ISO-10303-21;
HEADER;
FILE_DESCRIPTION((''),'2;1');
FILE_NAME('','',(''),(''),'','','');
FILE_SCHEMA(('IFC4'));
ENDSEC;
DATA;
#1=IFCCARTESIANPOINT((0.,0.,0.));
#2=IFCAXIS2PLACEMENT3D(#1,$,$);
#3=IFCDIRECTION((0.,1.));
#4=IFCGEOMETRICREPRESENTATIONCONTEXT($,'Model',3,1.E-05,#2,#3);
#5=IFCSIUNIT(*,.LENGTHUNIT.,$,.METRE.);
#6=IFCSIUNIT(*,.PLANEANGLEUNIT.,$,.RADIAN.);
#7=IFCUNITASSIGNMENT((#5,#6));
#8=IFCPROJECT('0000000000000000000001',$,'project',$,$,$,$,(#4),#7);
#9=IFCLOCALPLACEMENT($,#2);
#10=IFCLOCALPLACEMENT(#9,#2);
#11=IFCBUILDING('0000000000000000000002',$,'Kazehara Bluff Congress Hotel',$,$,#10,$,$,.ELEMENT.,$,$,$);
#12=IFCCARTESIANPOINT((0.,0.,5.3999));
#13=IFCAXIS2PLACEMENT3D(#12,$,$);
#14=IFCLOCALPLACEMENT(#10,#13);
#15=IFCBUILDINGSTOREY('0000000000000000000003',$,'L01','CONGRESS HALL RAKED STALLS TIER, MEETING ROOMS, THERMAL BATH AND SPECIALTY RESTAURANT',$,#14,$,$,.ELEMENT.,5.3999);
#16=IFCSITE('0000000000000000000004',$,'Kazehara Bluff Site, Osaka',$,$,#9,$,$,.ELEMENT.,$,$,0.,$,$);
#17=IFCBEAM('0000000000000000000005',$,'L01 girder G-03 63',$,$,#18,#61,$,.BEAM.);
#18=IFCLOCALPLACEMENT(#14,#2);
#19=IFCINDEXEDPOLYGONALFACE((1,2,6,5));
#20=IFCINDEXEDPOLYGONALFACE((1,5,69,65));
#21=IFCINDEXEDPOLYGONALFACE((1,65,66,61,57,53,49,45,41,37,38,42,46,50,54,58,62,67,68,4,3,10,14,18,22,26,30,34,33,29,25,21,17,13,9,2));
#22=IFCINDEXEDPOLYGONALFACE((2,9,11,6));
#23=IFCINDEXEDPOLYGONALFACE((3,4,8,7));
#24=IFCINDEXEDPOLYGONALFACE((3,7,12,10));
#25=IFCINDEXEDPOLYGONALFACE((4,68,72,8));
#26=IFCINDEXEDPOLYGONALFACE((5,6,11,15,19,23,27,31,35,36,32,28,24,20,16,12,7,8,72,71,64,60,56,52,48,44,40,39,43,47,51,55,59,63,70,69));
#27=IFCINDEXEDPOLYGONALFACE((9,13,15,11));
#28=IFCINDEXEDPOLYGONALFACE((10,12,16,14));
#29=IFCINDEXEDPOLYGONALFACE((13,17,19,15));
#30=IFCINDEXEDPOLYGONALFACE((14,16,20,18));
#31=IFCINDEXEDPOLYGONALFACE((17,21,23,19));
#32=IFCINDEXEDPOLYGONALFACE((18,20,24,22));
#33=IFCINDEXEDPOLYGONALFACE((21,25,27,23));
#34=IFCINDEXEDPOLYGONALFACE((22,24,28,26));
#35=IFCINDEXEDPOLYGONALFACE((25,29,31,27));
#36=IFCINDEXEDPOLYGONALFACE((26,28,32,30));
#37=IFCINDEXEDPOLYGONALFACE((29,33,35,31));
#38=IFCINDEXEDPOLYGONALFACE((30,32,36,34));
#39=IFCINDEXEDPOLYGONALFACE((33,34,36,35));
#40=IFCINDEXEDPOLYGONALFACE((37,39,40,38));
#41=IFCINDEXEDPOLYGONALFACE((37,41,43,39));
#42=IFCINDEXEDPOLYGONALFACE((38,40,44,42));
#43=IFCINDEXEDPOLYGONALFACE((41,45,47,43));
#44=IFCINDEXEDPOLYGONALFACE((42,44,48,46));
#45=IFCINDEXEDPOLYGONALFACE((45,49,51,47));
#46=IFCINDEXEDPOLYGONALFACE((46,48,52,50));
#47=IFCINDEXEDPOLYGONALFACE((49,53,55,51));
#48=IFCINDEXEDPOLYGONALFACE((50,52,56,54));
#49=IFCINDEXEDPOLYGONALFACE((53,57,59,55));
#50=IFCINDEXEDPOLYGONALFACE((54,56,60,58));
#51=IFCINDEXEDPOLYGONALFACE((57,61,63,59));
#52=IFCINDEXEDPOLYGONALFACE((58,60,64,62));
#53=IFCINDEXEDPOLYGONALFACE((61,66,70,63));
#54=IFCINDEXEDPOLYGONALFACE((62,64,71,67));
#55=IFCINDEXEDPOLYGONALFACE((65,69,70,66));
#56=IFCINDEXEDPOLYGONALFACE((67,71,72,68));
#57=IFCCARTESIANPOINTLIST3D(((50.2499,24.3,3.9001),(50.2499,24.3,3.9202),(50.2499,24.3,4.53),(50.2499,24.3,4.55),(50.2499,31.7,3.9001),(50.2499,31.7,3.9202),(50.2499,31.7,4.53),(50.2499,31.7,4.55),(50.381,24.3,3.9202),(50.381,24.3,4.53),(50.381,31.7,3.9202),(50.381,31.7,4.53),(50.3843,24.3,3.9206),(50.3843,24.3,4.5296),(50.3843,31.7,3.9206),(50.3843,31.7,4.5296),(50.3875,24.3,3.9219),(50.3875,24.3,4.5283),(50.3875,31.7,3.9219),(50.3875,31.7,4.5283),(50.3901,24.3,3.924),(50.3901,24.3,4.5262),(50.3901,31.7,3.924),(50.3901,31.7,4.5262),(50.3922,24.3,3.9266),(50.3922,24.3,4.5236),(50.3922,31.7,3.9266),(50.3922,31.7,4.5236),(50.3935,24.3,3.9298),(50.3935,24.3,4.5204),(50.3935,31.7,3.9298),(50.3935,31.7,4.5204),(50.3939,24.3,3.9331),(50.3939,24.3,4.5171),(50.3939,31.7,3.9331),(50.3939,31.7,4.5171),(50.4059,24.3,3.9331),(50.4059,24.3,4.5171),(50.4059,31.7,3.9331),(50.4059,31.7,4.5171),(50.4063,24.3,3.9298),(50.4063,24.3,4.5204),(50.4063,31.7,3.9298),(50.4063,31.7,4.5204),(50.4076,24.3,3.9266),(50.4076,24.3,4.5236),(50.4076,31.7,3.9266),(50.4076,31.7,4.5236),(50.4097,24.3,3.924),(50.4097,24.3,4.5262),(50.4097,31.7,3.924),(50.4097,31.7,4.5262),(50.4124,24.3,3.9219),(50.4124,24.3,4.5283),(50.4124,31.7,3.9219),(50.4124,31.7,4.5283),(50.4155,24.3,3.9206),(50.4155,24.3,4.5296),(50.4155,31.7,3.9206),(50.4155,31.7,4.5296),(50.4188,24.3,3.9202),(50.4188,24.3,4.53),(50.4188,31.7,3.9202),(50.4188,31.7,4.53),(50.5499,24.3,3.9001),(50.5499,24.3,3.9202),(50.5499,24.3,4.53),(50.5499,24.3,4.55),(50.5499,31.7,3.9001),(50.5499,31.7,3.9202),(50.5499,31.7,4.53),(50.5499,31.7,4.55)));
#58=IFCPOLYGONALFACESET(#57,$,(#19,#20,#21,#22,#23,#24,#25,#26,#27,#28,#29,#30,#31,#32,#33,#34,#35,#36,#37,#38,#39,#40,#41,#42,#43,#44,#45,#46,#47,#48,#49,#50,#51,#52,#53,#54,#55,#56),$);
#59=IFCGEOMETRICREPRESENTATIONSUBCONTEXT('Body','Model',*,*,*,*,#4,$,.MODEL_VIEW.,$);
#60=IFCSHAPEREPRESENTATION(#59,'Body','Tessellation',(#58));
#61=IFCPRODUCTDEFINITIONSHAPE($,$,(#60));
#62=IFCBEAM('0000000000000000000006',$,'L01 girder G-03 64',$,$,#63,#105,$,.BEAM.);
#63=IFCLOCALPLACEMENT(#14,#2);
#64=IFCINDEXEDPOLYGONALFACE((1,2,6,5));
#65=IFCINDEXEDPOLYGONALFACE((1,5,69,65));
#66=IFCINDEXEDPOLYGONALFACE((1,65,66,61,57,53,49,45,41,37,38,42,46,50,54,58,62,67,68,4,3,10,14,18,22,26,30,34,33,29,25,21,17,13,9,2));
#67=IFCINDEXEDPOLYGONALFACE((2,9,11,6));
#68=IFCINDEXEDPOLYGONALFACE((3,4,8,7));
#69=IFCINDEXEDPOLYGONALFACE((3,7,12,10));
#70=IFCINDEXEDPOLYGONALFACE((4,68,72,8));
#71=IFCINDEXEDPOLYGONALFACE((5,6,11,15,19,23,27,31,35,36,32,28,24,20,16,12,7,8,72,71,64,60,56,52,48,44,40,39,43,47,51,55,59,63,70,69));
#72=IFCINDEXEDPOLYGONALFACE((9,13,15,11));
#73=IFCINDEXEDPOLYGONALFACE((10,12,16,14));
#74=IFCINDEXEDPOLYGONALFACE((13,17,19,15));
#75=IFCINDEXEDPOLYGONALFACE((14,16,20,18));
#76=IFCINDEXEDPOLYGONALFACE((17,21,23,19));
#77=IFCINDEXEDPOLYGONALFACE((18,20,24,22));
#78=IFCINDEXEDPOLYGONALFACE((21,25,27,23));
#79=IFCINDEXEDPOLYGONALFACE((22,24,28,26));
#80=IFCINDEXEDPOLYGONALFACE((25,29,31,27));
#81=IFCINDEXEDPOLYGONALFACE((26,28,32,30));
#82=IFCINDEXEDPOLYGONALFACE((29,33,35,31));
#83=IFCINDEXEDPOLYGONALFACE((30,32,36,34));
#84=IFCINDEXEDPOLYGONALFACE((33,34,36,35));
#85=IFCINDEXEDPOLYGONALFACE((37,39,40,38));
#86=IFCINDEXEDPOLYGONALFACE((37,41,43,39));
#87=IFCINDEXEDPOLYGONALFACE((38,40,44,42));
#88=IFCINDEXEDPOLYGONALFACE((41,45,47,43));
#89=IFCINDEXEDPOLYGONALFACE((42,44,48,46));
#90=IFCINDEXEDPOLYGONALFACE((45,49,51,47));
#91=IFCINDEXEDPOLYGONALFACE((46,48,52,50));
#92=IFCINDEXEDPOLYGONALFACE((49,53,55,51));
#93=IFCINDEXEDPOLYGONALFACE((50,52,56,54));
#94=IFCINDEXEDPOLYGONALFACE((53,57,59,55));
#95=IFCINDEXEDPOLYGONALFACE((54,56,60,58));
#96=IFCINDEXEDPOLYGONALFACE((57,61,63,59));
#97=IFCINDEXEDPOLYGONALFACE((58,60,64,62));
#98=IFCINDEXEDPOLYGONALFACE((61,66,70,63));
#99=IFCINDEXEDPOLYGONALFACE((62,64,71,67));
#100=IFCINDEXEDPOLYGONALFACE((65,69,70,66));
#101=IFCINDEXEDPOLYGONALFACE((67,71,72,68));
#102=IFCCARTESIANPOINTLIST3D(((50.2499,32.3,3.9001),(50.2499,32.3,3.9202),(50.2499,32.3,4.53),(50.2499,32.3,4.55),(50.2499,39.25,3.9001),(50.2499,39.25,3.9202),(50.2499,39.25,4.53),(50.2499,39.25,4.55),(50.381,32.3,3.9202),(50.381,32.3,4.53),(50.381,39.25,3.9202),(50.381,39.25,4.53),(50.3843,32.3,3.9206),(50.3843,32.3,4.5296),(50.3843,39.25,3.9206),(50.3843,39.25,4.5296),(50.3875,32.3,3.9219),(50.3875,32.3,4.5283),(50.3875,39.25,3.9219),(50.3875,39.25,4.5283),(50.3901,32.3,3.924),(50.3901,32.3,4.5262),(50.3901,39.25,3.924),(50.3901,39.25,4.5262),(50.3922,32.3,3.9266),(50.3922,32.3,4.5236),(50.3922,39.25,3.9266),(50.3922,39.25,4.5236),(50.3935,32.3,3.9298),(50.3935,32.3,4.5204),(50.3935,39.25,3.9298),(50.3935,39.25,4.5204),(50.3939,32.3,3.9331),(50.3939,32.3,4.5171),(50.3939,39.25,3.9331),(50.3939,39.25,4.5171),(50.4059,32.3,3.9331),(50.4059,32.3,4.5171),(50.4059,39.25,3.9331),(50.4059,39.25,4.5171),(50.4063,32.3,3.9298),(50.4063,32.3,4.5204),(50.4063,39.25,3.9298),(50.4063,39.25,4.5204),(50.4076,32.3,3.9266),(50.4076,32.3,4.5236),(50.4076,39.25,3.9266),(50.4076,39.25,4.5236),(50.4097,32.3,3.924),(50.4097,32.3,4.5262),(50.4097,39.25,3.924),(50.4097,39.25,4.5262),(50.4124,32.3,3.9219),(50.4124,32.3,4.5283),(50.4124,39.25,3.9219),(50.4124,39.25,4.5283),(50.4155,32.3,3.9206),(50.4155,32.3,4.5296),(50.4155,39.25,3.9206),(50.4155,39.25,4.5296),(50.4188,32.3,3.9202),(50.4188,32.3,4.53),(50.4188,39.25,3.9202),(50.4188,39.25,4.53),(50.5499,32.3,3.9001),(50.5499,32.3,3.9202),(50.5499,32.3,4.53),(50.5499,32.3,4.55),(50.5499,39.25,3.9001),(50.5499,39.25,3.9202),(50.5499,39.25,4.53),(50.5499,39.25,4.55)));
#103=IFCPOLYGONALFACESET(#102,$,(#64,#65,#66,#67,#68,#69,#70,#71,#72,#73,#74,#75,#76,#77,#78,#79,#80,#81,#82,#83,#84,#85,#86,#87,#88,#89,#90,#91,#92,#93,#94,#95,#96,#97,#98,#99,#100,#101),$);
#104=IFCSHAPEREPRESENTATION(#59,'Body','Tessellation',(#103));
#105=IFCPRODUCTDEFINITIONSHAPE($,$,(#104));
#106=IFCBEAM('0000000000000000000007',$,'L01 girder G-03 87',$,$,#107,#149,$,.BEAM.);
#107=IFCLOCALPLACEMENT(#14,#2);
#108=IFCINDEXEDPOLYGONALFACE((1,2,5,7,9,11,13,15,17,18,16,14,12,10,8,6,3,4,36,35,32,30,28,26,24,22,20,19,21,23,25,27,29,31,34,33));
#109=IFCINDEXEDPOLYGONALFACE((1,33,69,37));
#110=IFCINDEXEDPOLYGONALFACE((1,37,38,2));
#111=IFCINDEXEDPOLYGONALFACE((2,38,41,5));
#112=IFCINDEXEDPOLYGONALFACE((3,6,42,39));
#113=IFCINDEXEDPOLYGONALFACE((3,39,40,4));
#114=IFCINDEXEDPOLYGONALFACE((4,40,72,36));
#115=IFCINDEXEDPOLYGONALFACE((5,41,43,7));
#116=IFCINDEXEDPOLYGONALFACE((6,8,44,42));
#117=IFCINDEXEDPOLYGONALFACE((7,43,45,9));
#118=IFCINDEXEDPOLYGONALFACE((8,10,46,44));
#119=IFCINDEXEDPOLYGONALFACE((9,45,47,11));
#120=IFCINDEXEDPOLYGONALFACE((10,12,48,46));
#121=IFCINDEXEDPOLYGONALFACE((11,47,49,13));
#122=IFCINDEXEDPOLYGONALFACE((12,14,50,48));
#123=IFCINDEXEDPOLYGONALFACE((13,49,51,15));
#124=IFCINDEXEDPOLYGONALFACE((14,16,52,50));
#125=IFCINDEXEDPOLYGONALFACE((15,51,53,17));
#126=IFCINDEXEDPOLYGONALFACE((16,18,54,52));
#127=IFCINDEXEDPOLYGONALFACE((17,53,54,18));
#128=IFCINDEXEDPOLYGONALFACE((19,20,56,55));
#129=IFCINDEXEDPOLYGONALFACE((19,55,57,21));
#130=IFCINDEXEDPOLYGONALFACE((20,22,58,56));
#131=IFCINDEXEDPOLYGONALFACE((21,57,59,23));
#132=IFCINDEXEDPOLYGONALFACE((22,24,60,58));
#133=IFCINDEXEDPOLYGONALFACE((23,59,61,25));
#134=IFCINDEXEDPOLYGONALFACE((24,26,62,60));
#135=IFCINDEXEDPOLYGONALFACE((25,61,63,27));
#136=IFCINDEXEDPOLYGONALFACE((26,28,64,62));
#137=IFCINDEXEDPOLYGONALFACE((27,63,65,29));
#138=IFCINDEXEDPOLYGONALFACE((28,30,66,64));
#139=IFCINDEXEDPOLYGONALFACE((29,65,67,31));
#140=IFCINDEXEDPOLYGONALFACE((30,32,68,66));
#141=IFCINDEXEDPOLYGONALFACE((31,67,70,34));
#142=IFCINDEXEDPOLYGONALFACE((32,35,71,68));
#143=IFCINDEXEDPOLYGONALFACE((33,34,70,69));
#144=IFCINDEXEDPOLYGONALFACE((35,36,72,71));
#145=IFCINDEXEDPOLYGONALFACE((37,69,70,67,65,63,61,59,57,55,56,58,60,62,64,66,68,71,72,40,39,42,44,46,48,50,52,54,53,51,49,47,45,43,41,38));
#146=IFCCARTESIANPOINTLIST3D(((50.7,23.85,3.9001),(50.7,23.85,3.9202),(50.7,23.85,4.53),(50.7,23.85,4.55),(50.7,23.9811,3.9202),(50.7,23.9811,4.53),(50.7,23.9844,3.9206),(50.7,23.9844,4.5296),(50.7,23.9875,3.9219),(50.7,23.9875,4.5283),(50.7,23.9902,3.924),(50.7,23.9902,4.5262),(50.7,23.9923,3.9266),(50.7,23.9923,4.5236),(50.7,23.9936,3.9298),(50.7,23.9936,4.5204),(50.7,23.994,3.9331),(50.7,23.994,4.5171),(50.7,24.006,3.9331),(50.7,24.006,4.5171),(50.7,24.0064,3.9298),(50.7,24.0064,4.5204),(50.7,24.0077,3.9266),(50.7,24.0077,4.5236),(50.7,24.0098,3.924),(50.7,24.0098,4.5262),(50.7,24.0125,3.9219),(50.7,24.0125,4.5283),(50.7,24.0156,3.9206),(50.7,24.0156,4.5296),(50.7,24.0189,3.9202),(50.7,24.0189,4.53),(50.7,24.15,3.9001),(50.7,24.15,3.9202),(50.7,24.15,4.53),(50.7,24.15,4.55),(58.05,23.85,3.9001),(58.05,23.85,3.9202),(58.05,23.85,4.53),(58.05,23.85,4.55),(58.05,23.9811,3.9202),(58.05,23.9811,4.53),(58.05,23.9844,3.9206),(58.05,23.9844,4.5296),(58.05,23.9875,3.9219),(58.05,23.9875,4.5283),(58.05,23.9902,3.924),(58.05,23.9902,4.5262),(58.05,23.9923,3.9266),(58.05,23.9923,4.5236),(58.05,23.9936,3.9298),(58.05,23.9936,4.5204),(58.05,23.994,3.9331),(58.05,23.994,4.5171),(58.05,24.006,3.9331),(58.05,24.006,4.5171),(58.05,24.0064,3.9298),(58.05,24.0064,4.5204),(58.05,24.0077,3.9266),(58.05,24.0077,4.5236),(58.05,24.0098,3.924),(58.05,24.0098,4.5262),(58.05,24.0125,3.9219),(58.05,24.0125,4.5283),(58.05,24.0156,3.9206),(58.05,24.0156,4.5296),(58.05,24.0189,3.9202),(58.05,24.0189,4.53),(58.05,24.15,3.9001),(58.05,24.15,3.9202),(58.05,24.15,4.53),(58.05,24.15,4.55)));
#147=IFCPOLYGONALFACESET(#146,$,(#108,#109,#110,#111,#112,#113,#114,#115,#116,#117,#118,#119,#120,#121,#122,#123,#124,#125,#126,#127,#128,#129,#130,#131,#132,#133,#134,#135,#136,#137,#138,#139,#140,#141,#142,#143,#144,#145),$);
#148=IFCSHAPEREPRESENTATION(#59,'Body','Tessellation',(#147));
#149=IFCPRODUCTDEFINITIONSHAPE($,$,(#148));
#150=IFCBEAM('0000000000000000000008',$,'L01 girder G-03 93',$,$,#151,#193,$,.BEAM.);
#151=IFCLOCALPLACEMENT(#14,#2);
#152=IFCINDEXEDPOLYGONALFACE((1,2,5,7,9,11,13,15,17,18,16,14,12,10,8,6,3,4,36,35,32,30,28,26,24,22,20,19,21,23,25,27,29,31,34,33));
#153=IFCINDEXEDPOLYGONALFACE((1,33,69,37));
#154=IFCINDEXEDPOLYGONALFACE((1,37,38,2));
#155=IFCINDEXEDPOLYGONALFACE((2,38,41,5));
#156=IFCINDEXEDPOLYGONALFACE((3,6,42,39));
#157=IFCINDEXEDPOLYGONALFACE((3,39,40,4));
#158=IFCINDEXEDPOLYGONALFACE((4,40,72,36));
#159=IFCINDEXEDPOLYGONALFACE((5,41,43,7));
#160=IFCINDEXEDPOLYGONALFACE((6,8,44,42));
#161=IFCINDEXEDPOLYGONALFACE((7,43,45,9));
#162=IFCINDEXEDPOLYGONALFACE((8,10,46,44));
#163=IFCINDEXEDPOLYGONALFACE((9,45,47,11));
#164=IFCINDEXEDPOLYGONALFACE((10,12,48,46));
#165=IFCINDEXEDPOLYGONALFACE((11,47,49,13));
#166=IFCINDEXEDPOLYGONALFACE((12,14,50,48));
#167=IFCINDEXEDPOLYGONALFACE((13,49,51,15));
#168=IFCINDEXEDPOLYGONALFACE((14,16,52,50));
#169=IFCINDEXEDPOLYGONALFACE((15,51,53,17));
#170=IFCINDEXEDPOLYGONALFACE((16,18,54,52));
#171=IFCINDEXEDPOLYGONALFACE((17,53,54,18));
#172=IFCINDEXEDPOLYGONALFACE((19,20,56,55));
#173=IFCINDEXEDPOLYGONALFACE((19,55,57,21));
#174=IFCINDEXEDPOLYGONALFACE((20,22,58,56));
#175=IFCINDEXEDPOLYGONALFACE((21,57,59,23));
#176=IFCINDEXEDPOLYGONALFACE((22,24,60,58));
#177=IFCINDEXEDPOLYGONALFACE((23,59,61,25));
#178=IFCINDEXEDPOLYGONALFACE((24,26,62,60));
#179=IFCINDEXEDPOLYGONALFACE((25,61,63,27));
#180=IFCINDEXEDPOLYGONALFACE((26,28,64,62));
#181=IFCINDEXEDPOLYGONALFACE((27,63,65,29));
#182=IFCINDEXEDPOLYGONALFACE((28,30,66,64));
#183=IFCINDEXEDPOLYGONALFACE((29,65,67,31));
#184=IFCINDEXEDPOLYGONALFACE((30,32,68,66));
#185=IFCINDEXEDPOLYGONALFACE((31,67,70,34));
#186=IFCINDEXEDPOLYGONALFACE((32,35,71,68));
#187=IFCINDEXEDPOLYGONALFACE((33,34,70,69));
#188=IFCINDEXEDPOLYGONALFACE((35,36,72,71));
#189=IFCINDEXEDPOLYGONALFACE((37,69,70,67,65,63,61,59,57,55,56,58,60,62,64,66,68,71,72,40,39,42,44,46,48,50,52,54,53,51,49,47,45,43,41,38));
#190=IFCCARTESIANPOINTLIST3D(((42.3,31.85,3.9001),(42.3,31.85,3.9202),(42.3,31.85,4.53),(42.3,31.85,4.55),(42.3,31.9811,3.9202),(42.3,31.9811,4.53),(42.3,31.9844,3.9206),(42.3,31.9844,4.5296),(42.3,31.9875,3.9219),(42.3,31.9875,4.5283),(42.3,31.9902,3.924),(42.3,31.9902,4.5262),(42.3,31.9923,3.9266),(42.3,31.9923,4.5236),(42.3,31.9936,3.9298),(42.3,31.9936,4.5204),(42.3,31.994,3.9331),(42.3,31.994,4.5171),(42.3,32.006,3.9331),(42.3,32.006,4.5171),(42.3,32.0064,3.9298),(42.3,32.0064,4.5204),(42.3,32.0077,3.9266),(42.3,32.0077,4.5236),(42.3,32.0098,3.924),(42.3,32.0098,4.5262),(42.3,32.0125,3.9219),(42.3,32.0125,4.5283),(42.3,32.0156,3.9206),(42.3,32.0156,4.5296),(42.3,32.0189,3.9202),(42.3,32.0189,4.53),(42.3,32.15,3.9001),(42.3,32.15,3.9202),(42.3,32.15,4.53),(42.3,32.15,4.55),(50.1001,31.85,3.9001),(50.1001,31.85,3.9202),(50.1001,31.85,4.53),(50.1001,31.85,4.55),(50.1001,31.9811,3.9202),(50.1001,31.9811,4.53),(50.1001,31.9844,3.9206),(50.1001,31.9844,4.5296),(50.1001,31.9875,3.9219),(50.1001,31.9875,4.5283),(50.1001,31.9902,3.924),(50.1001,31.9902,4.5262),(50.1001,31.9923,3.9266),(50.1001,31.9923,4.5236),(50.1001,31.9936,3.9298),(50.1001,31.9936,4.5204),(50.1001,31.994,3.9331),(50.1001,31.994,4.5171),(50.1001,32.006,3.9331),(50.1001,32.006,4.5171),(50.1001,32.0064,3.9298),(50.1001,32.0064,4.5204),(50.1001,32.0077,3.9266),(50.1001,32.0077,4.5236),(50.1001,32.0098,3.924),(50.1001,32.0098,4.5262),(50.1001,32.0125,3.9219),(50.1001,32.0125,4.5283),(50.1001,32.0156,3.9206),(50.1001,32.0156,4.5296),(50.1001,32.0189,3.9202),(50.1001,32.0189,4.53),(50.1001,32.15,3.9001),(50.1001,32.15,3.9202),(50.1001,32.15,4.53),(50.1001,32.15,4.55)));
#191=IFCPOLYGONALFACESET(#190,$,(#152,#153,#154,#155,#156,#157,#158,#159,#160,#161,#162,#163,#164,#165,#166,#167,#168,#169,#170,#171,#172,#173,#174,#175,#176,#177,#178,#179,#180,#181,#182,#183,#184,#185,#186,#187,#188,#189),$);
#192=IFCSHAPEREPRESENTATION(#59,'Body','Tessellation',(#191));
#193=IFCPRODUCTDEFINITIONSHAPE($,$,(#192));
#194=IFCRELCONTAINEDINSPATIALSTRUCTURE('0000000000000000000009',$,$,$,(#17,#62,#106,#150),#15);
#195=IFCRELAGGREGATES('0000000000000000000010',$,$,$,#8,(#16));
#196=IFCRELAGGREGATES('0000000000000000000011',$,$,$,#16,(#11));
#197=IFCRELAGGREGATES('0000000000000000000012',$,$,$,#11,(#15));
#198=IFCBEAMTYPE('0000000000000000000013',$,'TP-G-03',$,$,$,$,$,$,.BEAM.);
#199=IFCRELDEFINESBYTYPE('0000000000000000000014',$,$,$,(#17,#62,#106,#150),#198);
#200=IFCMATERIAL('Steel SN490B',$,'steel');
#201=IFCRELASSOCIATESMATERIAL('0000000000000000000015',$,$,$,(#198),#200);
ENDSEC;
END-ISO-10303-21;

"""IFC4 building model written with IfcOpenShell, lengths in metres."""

from ifc_helpers import new_model, si_unit, direction, frame, origin, origin_2d, place, context, subcontext, project, spatial, i_section, extrude, material, material_profile, profile_set, type_object, element, save


model = new_model("IFC4")

# Units and contexts
model_context = context("Model", 3, precision=1e-05, world=origin(), true_north=direction((0.0, 1.0)))
body_context = subcontext(model_context, "Body", "Model", "MODEL_VIEW")
ifc_project = project(units=[si_unit("LENGTHUNIT", "METRE"), si_unit("PLANEANGLEUNIT", "RADIAN")], contexts=[model_context])

# Site, building, storey
site_placement = place(None, origin())
site = spatial("IfcSite", under=ifc_project, at=site_placement, Name="Kazehara Bluff Site, Osaka", CompositionType="ELEMENT", RefElevation=0.0)
building_placement = place(site_placement, origin())
building = spatial("IfcBuilding", under=site, at=building_placement, Name="Kazehara Bluff Congress Hotel", CompositionType="ELEMENT")
storey_placement = place(building_placement, frame((0.0, 0.0, 5.3999)))
storey = spatial("IfcBuildingStorey", under=building, at=storey_placement, Name="L01", Description="CONGRESS HALL RAKED STALLS TIER, MEETING ROOMS, THERMAL BATH AND SPECIALTY RESTAURANT", CompositionType="ELEMENT", Elevation=5.3999)

# Beams
ifc_material_1 = material(Name="Steel SN490B", Category="steel")
ifc_material_profile_1 = material_profile(ifc_material_1, i_section(OverallWidth=0.3, OverallDepth=0.6499, WebThickness=0.012, FlangeThickness=0.02, FilletRadius=0.0129, at=origin_2d()))
ifc_profile_set_1 = profile_set([ifc_material_profile_1], Name="Steel SN490B")
beam_type_1 = type_object("IfcBeamType", Name="TP-G-03", PredefinedType="BEAM", material=ifc_profile_set_1)
beam_1_placement = place(storey_placement, frame((50.3999, 24.3, 4.2251), z_axis=(0.0, 1.0, 0.0), x_axis=(-1.0, 0.0, 0.0)))
element("IfcBeam", 1, at=beam_1_placement, inside=storey, type_object=beam_type_1, Name="L01 girder G-03 63", PredefinedType="BEAM", context=body_context, shape_type="SweptSolid", body=[
    extrude(i_section(OverallWidth=0.3, OverallDepth=0.6499, WebThickness=0.012, FlangeThickness=0.02, FilletRadius=0.0129, at=origin_2d()), origin(), (0.0, 0.0, 1.0), 7.3999),
])
beam_2_placement = place(storey_placement, frame((50.3999, 32.3, 4.2251), z_axis=(0.0, 1.0, 0.0), x_axis=(-1.0, 0.0, 0.0)))
element("IfcBeam", 2, at=beam_2_placement, inside=storey, type_object=beam_type_1, Name="L01 girder G-03 64", PredefinedType="BEAM", context=body_context, shape_type="SweptSolid", body=[
    extrude(i_section(OverallWidth=0.3, OverallDepth=0.6499, WebThickness=0.012, FlangeThickness=0.02, FilletRadius=0.0129, at=origin_2d()), origin(), (0.0, 0.0, 1.0), 6.95),
])
beam_3_placement = place(storey_placement, frame((50.7, 24.0, 4.2251), z_axis=(1.0, 0.0, 0.0), x_axis=(0.0, 1.0, 0.0)))
element("IfcBeam", 3, at=beam_3_placement, inside=storey, type_object=beam_type_1, Name="L01 girder G-03 87", PredefinedType="BEAM", context=body_context, shape_type="SweptSolid", body=[
    extrude(i_section(OverallWidth=0.3, OverallDepth=0.6499, WebThickness=0.012, FlangeThickness=0.02, FilletRadius=0.0129, at=origin_2d()), origin(), (0.0, 0.0, 1.0), 7.3501),
])
beam_4_placement = place(storey_placement, frame((42.3, 32.0, 4.2251), z_axis=(1.0, 0.0, 0.0), x_axis=(0.0, 1.0, 0.0)))
element("IfcBeam", 4, at=beam_4_placement, inside=storey, type_object=beam_type_1, Name="L01 girder G-03 93", PredefinedType="BEAM", context=body_context, shape_type="SweptSolid", body=[
    extrude(i_section(OverallWidth=0.3, OverallDepth=0.6499, WebThickness=0.012, FlangeThickness=0.02, FilletRadius=0.0129, at=origin_2d()), origin(), (0.0, 0.0, 1.0), 7.8),
])

save(model, "model.ifc")
